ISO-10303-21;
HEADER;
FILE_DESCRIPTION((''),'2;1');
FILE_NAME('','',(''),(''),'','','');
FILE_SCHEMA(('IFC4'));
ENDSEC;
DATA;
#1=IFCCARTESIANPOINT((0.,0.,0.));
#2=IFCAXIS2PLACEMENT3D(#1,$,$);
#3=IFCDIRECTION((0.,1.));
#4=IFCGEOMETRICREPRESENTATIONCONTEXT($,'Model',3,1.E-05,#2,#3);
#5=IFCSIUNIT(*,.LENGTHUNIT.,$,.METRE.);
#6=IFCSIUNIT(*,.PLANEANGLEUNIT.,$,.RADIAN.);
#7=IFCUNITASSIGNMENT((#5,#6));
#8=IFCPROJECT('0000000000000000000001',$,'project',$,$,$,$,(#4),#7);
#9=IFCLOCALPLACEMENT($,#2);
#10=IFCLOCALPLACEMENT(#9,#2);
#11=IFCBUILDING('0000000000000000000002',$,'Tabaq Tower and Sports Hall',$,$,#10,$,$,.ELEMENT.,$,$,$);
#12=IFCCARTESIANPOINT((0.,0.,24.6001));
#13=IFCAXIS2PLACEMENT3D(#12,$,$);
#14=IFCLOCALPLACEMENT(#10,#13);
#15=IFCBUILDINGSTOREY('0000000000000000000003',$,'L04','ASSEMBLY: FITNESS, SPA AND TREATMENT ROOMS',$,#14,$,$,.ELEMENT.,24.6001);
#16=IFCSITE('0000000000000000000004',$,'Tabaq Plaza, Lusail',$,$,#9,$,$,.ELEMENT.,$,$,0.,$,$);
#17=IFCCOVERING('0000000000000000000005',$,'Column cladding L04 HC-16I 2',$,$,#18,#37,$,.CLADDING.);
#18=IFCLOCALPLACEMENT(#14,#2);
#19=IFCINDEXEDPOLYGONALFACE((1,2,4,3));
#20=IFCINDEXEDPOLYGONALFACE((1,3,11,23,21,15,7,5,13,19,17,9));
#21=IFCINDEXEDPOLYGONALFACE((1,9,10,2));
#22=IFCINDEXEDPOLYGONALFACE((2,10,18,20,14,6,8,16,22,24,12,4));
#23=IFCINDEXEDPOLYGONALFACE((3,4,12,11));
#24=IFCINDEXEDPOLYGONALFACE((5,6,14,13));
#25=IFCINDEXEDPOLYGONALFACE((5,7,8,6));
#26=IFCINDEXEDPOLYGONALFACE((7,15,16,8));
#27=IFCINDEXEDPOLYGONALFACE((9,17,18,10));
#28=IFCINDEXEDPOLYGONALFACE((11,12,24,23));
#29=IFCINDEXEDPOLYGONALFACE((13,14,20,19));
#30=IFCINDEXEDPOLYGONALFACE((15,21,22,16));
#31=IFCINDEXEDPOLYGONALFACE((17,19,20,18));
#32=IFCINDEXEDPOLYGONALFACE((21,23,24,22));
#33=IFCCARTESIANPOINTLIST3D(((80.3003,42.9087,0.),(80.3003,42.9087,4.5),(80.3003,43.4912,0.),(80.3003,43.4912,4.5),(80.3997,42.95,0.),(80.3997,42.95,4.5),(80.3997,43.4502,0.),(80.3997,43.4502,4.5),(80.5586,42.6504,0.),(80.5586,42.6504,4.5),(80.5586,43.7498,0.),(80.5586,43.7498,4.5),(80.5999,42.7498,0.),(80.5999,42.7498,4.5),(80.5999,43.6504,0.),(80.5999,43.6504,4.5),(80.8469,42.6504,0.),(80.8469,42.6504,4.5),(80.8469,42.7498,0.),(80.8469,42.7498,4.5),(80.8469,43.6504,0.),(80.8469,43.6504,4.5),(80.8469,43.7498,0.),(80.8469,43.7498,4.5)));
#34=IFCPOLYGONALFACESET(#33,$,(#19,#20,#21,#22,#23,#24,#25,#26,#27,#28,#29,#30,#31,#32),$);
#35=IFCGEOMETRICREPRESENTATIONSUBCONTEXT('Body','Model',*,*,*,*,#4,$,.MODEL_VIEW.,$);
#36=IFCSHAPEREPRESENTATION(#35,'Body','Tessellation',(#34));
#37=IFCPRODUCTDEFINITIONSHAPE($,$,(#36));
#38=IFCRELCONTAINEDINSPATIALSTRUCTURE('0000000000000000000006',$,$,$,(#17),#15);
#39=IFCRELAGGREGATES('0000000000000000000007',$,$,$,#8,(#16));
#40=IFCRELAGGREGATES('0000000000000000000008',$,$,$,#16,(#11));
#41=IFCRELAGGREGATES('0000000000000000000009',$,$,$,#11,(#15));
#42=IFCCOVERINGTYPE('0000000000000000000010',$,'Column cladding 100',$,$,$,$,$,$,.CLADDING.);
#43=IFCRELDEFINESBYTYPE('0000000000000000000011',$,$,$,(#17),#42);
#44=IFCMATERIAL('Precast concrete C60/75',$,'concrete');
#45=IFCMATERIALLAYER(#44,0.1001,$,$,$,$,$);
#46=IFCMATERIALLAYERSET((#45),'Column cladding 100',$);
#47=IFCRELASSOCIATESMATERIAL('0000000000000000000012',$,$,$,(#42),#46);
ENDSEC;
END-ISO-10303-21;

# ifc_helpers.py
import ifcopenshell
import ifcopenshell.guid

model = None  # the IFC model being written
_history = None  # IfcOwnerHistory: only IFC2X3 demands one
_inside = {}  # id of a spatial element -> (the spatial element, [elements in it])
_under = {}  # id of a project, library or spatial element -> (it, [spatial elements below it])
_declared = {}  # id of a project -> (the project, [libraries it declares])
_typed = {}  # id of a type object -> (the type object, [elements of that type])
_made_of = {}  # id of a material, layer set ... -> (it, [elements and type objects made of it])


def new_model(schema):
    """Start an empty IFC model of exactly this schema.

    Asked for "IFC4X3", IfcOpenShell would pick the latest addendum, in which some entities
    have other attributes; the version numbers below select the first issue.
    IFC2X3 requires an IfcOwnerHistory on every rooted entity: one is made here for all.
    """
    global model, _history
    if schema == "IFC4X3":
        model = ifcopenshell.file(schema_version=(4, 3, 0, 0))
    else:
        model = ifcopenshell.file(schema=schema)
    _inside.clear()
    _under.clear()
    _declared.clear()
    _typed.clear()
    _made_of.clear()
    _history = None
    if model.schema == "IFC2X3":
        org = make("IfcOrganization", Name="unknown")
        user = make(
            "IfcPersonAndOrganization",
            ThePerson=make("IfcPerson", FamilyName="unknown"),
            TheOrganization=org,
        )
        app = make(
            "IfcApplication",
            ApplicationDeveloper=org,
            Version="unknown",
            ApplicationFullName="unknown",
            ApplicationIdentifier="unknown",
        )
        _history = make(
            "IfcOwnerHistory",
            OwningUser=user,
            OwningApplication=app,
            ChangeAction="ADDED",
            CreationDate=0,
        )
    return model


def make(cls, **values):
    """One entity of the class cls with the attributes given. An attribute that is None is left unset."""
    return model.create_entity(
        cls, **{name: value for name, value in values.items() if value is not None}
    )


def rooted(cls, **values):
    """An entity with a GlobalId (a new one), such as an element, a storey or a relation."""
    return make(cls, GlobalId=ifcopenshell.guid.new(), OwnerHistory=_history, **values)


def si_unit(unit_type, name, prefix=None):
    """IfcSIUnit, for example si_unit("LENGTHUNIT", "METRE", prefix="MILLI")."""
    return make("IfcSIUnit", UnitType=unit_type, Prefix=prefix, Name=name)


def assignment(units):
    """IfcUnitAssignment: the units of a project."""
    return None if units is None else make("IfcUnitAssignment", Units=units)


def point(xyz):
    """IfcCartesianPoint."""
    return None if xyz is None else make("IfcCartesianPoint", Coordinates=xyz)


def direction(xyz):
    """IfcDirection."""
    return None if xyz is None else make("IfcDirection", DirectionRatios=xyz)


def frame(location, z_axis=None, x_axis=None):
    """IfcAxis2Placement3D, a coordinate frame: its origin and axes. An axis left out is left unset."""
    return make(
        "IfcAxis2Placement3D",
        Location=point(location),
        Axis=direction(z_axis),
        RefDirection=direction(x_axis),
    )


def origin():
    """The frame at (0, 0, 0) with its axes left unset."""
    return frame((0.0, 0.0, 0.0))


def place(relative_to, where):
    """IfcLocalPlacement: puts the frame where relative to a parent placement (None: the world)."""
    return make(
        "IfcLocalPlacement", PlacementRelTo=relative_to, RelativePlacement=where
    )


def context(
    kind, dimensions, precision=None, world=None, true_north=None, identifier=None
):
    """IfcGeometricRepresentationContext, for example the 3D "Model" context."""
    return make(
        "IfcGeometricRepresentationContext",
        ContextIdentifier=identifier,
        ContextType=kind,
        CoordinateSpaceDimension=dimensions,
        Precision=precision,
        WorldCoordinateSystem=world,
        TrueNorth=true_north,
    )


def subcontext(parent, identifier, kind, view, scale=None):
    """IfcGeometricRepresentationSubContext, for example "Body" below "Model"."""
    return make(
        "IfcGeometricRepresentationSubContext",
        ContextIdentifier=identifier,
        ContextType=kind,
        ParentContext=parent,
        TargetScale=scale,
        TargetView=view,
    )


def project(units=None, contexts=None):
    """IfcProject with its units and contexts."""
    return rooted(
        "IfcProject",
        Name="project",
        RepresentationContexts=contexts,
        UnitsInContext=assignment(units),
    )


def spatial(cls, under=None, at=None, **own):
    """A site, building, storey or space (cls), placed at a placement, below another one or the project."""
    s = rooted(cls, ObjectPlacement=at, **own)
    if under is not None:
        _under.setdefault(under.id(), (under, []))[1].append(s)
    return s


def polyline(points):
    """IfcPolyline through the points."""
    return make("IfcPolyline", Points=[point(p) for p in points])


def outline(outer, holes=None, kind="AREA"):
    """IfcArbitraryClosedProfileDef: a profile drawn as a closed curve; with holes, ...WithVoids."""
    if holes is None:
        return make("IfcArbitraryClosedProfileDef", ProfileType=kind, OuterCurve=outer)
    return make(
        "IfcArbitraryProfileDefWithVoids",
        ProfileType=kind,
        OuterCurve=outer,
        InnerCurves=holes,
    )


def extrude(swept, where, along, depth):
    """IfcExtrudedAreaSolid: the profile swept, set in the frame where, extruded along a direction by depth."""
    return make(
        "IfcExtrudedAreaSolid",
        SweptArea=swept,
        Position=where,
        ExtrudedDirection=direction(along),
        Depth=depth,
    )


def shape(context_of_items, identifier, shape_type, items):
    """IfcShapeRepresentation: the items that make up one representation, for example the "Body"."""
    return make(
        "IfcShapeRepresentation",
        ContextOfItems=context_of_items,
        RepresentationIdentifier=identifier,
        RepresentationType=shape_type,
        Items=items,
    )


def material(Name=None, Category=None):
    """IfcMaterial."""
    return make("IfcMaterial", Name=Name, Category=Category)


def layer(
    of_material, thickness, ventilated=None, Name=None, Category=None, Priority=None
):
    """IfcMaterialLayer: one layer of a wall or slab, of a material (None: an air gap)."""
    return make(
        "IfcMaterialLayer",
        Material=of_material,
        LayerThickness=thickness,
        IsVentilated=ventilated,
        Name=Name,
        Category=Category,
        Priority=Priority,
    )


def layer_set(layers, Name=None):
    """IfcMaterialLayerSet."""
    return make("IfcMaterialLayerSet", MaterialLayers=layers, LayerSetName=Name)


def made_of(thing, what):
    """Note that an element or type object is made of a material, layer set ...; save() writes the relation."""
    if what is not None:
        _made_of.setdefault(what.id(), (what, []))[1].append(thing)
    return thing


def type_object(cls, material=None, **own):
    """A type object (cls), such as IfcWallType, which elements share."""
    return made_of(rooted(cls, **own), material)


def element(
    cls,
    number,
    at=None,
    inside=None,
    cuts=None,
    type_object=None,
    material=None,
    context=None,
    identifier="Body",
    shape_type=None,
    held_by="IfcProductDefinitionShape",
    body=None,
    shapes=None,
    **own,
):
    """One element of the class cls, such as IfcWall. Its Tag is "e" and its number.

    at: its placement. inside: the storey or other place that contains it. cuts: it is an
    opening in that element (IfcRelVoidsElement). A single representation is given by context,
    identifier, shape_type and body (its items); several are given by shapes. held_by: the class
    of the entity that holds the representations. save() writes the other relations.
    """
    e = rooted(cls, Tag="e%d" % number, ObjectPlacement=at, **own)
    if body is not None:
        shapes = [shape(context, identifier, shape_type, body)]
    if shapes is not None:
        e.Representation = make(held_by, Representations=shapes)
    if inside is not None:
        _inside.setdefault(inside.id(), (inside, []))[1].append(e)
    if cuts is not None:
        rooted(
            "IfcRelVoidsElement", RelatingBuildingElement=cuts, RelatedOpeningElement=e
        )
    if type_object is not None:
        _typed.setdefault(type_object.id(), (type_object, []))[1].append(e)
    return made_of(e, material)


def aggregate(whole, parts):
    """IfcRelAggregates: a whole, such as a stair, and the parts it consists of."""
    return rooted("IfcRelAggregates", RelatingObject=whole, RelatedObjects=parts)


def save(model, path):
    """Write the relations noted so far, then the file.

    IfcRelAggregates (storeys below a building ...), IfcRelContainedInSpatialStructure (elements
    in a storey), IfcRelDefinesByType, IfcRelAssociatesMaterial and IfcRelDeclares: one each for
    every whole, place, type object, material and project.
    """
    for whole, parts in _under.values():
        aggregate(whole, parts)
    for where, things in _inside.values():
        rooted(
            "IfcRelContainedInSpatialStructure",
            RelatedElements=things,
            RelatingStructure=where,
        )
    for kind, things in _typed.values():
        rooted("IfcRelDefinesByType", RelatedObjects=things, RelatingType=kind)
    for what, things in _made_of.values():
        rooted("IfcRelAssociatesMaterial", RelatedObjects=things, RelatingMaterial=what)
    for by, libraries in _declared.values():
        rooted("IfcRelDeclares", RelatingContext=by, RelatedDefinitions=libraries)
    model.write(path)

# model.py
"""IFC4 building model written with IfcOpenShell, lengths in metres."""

from ifc_helpers import new_model, si_unit, direction, frame, origin, place, context, subcontext, project, spatial, polyline, outline, extrude, material, layer, layer_set, type_object, element, save


model = new_model("IFC4")

# Units and contexts
model_context = context("Model", 3, precision=1e-05, world=origin(), true_north=direction((0.0, 1.0)))
body_context = subcontext(model_context, "Body", "Model", "MODEL_VIEW")
ifc_project = project(units=[si_unit("LENGTHUNIT", "METRE"), si_unit("PLANEANGLEUNIT", "RADIAN")], contexts=[model_context])

# Site, building, storey
site_placement = place(None, origin())
site = spatial("IfcSite", under=ifc_project, at=site_placement, Name="Tabaq Plaza, Lusail", CompositionType="ELEMENT", RefElevation=0.0)
building_placement = place(site_placement, origin())
building = spatial("IfcBuilding", under=site, at=building_placement, Name="Tabaq Tower and Sports Hall", CompositionType="ELEMENT")
storey_placement = place(building_placement, frame((0.0, 0.0, 24.6001)))
storey = spatial("IfcBuildingStorey", under=building, at=storey_placement, Name="L04", Description="ASSEMBLY: FITNESS, SPA AND TREATMENT ROOMS", CompositionType="ELEMENT", Elevation=24.6001)

# Covering
ifc_material_1 = material(Name="Precast concrete C60/75", Category="concrete")
ifc_layer_1 = layer(ifc_material_1, 0.1001)
ifc_layer_set_1 = layer_set([ifc_layer_1], Name="Column cladding 100")
covering_type = type_object("IfcCoveringType", Name="Column cladding 100", PredefinedType="CLADDING", material=ifc_layer_set_1)
covering_1_placement = place(storey_placement, origin())
element("IfcCovering", 1, at=covering_1_placement, inside=storey, type_object=covering_type, Name="Column cladding L04 HC-16I 2", PredefinedType="CLADDING", context=body_context, shape_type="SweptSolid", body=[
    extrude(outline(polyline([(80.3003, 43.4912), (80.5586, 43.7498), (80.8469, 43.7498), (80.8469, 43.6504), (80.5999, 43.6504), (80.3997, 43.4502), (80.3997, 42.95), (80.5999, 42.7498), (80.8469, 42.7498), (80.8469, 42.6504), (80.5586, 42.6504), (80.3003, 42.9087), (80.3003, 43.4912)])), origin(), (0.0, 0.0, 1.0), 4.5),
])

save(model, "model.ifc")
